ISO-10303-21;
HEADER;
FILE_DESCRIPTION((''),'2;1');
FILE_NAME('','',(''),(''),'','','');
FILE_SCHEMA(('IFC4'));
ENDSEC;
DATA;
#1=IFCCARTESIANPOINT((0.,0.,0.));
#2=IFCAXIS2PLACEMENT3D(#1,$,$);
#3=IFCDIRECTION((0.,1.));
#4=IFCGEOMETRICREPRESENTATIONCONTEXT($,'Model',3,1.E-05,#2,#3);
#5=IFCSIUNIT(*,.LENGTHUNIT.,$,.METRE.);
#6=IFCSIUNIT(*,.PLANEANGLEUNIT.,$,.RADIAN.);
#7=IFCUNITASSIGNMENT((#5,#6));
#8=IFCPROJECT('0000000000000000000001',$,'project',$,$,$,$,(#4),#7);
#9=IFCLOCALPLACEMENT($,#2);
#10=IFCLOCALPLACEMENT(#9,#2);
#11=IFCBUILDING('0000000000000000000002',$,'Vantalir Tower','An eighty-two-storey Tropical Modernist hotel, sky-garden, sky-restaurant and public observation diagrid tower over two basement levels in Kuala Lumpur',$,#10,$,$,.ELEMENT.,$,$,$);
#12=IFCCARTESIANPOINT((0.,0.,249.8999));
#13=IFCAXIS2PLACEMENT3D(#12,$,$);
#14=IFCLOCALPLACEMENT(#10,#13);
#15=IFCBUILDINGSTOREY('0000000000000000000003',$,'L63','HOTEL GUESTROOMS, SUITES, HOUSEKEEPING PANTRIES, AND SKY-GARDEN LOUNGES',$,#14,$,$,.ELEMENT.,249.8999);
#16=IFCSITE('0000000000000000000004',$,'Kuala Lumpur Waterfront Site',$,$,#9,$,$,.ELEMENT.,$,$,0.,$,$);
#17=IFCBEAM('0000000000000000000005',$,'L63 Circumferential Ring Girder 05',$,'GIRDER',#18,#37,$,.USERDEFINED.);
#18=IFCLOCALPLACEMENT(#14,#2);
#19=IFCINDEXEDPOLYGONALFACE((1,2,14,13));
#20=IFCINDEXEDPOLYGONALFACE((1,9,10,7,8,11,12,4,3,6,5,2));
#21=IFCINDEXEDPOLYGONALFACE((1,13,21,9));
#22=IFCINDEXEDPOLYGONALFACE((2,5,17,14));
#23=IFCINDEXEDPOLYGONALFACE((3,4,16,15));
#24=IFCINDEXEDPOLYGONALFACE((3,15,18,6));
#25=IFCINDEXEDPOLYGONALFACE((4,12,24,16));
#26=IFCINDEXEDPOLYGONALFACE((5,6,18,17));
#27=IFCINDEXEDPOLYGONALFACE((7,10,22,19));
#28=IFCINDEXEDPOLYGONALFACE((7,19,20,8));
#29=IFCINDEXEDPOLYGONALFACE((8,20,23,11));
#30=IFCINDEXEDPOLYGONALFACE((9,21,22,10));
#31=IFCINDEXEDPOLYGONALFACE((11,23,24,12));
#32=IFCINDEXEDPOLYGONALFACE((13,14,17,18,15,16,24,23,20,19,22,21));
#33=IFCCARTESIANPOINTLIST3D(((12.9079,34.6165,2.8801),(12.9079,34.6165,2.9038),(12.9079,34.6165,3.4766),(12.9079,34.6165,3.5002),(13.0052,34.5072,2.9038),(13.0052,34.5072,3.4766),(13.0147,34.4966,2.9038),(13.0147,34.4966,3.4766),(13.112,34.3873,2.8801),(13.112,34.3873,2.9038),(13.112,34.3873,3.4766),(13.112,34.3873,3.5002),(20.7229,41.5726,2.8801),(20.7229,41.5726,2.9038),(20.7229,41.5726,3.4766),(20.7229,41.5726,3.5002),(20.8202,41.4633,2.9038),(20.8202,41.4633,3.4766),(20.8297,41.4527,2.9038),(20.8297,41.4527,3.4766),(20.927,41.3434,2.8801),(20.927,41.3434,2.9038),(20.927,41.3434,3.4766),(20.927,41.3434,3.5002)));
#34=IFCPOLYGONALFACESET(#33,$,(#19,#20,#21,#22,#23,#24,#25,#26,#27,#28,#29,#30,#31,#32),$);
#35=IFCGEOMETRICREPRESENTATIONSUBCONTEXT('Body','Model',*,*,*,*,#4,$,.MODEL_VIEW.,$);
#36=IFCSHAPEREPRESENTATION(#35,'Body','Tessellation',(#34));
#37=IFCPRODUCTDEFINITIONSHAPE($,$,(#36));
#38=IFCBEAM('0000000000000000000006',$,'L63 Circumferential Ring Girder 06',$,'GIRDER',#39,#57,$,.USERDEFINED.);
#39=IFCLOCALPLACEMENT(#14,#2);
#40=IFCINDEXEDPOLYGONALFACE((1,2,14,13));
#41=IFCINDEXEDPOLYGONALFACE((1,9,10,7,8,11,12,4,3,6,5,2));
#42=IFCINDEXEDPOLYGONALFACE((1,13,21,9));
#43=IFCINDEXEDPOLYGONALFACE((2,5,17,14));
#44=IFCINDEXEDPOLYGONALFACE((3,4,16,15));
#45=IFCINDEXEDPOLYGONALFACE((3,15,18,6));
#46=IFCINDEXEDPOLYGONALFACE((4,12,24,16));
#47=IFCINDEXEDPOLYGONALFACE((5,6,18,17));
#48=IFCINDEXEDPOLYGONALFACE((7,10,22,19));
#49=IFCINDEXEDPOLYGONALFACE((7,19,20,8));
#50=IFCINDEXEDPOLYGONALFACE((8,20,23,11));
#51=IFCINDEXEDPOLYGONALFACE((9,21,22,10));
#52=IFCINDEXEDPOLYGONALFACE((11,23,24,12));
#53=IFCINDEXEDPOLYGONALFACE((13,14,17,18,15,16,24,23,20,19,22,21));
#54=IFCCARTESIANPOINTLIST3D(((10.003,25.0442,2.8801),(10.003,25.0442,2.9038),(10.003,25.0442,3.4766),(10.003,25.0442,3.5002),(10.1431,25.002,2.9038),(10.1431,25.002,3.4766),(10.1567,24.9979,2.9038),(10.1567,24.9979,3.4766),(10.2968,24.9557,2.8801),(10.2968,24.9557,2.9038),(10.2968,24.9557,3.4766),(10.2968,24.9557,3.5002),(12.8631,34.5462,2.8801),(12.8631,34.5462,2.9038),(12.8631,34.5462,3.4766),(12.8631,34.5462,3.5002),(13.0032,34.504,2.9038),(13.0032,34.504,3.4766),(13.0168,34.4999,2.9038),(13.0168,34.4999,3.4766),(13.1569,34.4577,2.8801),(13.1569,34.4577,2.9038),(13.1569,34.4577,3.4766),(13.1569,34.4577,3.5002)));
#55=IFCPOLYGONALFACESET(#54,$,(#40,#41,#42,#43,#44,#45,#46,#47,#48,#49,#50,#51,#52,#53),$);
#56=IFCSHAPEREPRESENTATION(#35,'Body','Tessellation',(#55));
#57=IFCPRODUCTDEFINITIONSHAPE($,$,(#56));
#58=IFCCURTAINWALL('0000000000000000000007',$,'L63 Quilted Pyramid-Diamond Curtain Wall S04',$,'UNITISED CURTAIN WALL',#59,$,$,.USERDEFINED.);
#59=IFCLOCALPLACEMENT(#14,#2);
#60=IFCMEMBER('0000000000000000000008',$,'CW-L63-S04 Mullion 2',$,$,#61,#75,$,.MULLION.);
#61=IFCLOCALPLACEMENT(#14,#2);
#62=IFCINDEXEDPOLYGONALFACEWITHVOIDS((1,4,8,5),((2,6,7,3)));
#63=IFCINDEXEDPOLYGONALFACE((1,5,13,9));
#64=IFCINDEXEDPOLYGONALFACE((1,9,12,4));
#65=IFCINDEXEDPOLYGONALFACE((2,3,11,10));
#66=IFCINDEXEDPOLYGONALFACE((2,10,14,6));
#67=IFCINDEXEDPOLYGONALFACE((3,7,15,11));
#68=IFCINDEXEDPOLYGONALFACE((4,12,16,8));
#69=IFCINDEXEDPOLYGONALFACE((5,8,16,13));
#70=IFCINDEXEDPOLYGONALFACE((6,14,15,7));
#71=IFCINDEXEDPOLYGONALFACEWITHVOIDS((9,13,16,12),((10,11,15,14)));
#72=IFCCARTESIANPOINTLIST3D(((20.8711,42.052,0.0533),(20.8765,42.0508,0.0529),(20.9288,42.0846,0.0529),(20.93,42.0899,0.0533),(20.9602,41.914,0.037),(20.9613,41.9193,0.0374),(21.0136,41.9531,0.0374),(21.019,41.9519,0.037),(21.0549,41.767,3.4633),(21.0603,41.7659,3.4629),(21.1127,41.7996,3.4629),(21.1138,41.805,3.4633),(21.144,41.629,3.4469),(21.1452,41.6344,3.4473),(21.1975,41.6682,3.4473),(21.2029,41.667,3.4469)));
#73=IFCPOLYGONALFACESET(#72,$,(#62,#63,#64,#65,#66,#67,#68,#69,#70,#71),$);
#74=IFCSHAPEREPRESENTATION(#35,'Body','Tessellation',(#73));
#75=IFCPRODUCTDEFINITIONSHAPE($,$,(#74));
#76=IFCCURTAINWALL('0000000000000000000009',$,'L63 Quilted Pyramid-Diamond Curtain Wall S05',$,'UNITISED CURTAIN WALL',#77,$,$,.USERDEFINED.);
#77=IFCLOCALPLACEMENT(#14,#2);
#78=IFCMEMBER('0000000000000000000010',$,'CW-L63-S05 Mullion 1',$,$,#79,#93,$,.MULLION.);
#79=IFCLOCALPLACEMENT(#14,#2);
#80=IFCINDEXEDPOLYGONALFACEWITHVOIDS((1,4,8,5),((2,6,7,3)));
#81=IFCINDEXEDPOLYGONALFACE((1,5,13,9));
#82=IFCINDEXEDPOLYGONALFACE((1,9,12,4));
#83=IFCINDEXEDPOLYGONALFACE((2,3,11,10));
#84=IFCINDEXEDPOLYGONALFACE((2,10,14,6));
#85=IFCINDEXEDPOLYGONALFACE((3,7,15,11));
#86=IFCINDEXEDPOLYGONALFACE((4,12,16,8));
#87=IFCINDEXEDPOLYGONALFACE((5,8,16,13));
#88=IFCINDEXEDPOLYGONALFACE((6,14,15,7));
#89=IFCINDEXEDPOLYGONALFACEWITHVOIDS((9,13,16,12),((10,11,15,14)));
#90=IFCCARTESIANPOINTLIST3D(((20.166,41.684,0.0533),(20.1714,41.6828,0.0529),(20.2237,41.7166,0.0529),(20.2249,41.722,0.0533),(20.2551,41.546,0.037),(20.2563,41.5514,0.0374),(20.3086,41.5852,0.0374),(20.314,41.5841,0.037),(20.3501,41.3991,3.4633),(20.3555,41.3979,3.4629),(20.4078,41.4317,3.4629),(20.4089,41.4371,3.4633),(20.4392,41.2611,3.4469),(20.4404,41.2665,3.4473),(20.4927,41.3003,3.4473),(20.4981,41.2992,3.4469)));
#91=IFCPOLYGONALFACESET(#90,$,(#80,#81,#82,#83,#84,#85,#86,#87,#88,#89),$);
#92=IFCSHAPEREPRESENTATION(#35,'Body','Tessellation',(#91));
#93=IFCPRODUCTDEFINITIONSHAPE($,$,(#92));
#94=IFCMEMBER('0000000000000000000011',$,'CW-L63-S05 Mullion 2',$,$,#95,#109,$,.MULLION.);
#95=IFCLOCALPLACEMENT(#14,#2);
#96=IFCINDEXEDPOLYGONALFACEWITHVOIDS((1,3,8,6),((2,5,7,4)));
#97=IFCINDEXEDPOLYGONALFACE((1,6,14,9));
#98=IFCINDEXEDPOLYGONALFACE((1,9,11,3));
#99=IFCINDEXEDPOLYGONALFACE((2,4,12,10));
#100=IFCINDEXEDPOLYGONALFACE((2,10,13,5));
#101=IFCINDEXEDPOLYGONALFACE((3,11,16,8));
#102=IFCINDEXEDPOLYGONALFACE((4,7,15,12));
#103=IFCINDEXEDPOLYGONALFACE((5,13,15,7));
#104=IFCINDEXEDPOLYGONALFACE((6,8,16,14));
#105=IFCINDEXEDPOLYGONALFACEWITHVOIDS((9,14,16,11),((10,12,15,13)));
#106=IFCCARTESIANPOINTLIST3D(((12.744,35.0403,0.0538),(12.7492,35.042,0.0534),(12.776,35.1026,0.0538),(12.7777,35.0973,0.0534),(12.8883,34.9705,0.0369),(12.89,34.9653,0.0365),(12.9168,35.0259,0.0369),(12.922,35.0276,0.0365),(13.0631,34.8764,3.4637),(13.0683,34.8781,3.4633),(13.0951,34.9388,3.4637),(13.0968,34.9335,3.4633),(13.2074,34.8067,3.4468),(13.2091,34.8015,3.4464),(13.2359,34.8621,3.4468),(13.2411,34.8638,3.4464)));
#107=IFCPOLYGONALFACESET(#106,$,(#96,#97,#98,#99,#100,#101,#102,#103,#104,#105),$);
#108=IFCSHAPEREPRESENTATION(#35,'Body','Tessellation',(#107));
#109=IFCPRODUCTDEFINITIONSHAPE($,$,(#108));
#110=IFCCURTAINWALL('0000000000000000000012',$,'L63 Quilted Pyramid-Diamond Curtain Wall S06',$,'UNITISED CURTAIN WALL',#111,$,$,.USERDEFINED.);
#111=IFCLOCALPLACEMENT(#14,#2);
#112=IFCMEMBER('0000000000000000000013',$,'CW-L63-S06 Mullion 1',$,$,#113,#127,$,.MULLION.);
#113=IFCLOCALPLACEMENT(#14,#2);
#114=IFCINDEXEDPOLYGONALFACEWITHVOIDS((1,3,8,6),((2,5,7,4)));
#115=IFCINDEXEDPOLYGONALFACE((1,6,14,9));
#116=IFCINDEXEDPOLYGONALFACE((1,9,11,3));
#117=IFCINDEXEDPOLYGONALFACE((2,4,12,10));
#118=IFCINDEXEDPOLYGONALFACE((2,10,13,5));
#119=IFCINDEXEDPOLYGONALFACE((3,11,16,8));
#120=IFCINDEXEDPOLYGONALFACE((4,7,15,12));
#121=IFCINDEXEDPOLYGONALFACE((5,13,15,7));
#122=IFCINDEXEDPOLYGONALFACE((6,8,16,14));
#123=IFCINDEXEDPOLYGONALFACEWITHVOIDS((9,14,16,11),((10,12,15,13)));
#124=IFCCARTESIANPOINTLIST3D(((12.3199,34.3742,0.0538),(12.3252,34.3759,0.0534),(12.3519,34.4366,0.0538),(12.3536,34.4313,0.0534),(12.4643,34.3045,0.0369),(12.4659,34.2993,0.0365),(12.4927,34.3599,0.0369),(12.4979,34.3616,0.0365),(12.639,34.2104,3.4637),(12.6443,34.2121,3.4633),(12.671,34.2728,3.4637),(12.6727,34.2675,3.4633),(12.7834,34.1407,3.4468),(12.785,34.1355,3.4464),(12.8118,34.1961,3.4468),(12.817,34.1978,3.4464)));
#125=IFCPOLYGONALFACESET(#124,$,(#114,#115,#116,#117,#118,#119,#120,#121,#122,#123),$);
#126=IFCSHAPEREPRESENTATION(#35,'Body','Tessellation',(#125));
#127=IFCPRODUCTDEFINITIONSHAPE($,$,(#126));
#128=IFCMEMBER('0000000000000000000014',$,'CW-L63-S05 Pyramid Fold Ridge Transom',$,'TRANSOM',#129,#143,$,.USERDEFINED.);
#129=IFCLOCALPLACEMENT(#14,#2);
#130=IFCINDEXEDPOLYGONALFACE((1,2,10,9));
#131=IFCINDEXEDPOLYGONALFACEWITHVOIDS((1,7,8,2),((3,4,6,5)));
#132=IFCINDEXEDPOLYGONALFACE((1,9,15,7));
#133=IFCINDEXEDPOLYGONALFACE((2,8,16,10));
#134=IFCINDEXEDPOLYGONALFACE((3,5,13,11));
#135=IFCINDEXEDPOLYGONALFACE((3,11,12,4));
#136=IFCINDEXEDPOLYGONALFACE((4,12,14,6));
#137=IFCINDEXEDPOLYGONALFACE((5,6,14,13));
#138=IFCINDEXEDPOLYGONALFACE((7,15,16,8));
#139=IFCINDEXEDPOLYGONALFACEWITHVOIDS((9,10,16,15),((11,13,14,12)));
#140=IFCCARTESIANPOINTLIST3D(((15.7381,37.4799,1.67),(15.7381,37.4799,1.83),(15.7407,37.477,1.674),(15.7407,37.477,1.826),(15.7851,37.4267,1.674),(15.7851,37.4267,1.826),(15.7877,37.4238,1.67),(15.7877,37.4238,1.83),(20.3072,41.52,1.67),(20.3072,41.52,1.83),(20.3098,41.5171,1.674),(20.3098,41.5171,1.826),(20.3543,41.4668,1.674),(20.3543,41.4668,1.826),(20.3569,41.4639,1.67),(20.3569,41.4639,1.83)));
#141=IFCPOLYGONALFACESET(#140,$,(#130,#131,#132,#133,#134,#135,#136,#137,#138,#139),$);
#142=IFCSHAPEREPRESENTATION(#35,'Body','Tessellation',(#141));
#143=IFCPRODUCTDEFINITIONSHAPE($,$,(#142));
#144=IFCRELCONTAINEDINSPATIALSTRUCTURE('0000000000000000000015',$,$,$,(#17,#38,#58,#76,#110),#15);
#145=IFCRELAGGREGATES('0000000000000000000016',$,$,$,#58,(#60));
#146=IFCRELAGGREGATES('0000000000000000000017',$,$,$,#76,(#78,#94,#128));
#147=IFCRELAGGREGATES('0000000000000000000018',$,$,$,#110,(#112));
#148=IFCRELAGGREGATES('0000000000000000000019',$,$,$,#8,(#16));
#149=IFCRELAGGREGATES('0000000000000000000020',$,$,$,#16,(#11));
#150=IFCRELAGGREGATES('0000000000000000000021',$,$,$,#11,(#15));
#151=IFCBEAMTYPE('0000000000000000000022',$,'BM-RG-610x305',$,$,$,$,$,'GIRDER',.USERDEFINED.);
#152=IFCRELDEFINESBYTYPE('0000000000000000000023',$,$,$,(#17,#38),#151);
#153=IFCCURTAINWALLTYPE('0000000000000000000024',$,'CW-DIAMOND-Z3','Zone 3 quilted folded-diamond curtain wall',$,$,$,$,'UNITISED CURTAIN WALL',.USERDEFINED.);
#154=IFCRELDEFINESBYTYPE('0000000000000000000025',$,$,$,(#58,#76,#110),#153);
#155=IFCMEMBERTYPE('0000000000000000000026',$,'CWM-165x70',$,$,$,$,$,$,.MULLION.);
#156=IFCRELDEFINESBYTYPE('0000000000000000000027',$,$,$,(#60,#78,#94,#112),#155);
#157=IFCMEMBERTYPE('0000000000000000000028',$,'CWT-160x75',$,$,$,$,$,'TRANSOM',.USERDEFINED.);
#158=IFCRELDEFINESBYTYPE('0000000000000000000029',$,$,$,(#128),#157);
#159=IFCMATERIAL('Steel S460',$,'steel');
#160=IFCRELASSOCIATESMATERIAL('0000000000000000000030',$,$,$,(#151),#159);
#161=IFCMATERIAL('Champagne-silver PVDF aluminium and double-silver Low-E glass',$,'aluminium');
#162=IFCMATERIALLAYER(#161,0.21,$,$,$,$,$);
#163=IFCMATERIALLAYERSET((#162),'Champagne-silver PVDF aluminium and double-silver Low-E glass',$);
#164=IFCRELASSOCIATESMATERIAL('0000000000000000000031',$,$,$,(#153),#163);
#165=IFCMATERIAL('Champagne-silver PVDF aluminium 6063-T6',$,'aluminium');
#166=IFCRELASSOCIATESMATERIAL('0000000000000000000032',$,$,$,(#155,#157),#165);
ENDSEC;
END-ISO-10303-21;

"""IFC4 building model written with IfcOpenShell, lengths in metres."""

from ifc_helpers import new_model, si_unit, direction, frame, origin, origin_2d, place, context, subcontext, project, spatial, hollow_rectangle, i_section, extrude, material, layer, layer_set, material_profile, profile_set, type_object, element, aggregate, save


model = new_model("IFC4")

# Units and contexts
model_context = context("Model", 3, precision=1e-05, world=origin(), true_north=direction((0.0, 1.0)))
body_context = subcontext(model_context, "Body", "Model", "MODEL_VIEW")
ifc_project = project(units=[si_unit("LENGTHUNIT", "METRE"), si_unit("PLANEANGLEUNIT", "RADIAN")], contexts=[model_context])

# Site, building, storey
site_placement = place(None, origin())
site = spatial("IfcSite", under=ifc_project, at=site_placement, Name="Kuala Lumpur Waterfront Site", CompositionType="ELEMENT", RefElevation=0.0)
building_placement = place(site_placement, origin())
building = spatial("IfcBuilding", under=site, at=building_placement, Name="Vantalir Tower", Description="An eighty-two-storey Tropical Modernist hotel, sky-garden, sky-restaurant and public observation diagrid tower over two basement levels in Kuala Lumpur", CompositionType="ELEMENT")
storey_placement = place(building_placement, frame((0.0, 0.0, 249.8999)))
storey = spatial("IfcBuildingStorey", under=building, at=storey_placement, Name="L63", Description="HOTEL GUESTROOMS, SUITES, HOUSEKEEPING PANTRIES, AND SKY-GARDEN LOUNGES", CompositionType="ELEMENT", Elevation=249.8999)

# Shared definitions
ifc_material_1 = material(Name="Steel S460", Category="steel")

# Beams
ifc_material_profile_1 = material_profile(ifc_material_1, i_section(OverallWidth=0.3069, OverallDepth=0.6201, WebThickness=0.0142, FlangeThickness=0.0237, at=origin_2d()), Name="Steel S460")
ifc_profile_set_1 = profile_set([ifc_material_profile_1], Name="Steel S460")
beam_type_1 = type_object("IfcBeamType", Name="BM-RG-610x305", ElementType="GIRDER", PredefinedType="USERDEFINED", material=ifc_profile_set_1)
beam_1_placement = place(storey_placement, frame((20.825, 41.458, 3.1902), z_axis=(-0.746961, -0.664868, 0.0), x_axis=(0.664868, -0.746961, 0.0)))
element("IfcBeam", 1, at=beam_1_placement, inside=storey, type_object=beam_type_1, Name="L63 Circumferential Ring Girder 05", ObjectType="GIRDER", PredefinedType="USERDEFINED", context=body_context, shape_type="SweptSolid", body=[
    extrude(i_section(OverallWidth=0.3069, OverallDepth=0.6201, WebThickness=0.0142, FlangeThickness=0.0237, at=origin_2d()), origin(), (0.0, 0.0, 1.0), 10.4624),
])
beam_2_placement = place(storey_placement, frame((13.01, 34.502, 3.1902), z_axis=(-0.288228, -0.957562, 0.0), x_axis=(0.957562, -0.288228, 0.0)))
element("IfcBeam", 2, at=beam_2_placement, inside=storey, type_object=beam_type_1, Name="L63 Circumferential Ring Girder 06", ObjectType="GIRDER", PredefinedType="USERDEFINED", context=body_context, shape_type="SweptSolid", body=[
    extrude(i_section(OverallWidth=0.3069, OverallDepth=0.6201, WebThickness=0.0142, FlangeThickness=0.0237, at=origin_2d()), origin(), (0.0, 0.0, 1.0), 9.9231),
])

# Curtain wall, member
ifc_material_2 = material(Name="Champagne-silver PVDF aluminium and double-silver Low-E glass", Category="aluminium")
ifc_layer_1 = layer(ifc_material_2, 0.21)
ifc_layer_set_1 = layer_set([ifc_layer_1], Name="Champagne-silver PVDF aluminium and double-silver Low-E glass")
curtain_wall_type = type_object("IfcCurtainWallType", Name="CW-DIAMOND-Z3", Description="Zone 3 quilted folded-diamond curtain wall", ElementType="UNITISED CURTAIN WALL", PredefinedType="USERDEFINED", material=ifc_layer_set_1)
curtain_wall_1_placement = place(storey_placement, origin())
curtain_wall_1 = element("IfcCurtainWall", 3, at=curtain_wall_1_placement, inside=storey, type_object=curtain_wall_type, Name="L63 Quilted Pyramid-Diamond Curtain Wall S04", ObjectType="UNITISED CURTAIN WALL", PredefinedType="USERDEFINED")
ifc_material_3 = material(Name="Champagne-silver PVDF aluminium 6063-T6", Category="aluminium")
ifc_material_profile_2 = material_profile(ifc_material_3, hollow_rectangle(XDim=0.0701, YDim=0.165, WallThickness=0.0039, at=origin_2d()), Name="Champagne-silver PVDF aluminium 6063-T6")
ifc_profile_set_2 = profile_set([ifc_material_profile_2], Name="Champagne-silver PVDF aluminium 6063-T6")
member_type_1 = type_object("IfcMemberType", Name="CWM-165x70", PredefinedType="MULLION", material=ifc_profile_set_2)
member_1_placement = place(storey_placement, frame((20.9451, 42.002, 0.0452), z_axis=(0.053648, -0.083144, 0.995092), x_axis=(0.840265, 0.542176, 0.0)))
member_1 = element("IfcMember", 4, at=member_1_placement, type_object=member_type_1, Name="CW-L63-S04 Mullion 2", PredefinedType="MULLION", context=body_context, shape_type="SweptSolid", body=[
    extrude(hollow_rectangle(XDim=0.0701, YDim=0.165, WallThickness=0.0039, at=origin_2d()), origin(), (0.0, 0.0, 1.0), 3.4268),
])
aggregate(curtain_wall_1, [member_1])

# Curtain wall, members
curtain_wall_2_placement = place(storey_placement, origin())
curtain_wall_2 = element("IfcCurtainWall", 5, at=curtain_wall_2_placement, inside=storey, type_object=curtain_wall_type, Name="L63 Quilted Pyramid-Diamond Curtain Wall S05", ObjectType="UNITISED CURTAIN WALL", PredefinedType="USERDEFINED")
member_2_placement = place(storey_placement, frame((20.24, 41.634, 0.0452), z_axis=(0.053719, -0.083144, 0.995089), x_axis=(0.839937, 0.542684, 0.0)))
member_2 = element("IfcMember", 6, at=member_2_placement, type_object=member_type_1, Name="CW-L63-S05 Mullion 1", PredefinedType="MULLION", context=body_context, shape_type="SweptSolid", body=[
    extrude(hollow_rectangle(XDim=0.0701, YDim=0.165, WallThickness=0.0039, at=origin_2d()), origin(), (0.0, 0.0, 1.0), 3.4268),
])
member_3_placement = place(storey_placement, frame((12.833, 35.0339, 0.0452), z_axis=(0.093064, -0.047778, 0.994513), x_axis=(0.456717, 0.889612, 0.0)))
member_3 = element("IfcMember", 7, at=member_3_placement, type_object=member_type_1, Name="CW-L63-S05 Mullion 2", PredefinedType="MULLION", context=body_context, shape_type="SweptSolid", body=[
    extrude(hollow_rectangle(XDim=0.0701, YDim=0.165, WallThickness=0.0039, at=origin_2d()), origin(), (0.0, 0.0, 1.0), 3.4287),
])

# Curtain wall, member
curtain_wall_3_placement = place(storey_placement, origin())
curtain_wall_3 = element("IfcCurtainWall", 8, at=curtain_wall_3_placement, inside=storey, type_object=curtain_wall_type, Name="L63 Quilted Pyramid-Diamond Curtain Wall S06", ObjectType="UNITISED CURTAIN WALL", PredefinedType="USERDEFINED")
member_4_placement = place(storey_placement, frame((12.4089, 34.3679, 0.0452), z_axis=(0.093064, -0.047778, 0.994513), x_axis=(0.456717, 0.889612, 0.0)))
member_4 = element("IfcMember", 9, at=member_4_placement, type_object=member_type_1, Name="CW-L63-S06 Mullion 1", PredefinedType="MULLION", context=body_context, shape_type="SweptSolid", body=[
    extrude(hollow_rectangle(XDim=0.0701, YDim=0.165, WallThickness=0.0039, at=origin_2d()), origin(), (0.0, 0.0, 1.0), 3.4287),
])

# Member
ifc_material_profile_3 = material_profile(ifc_material_3, hollow_rectangle(XDim=0.075, YDim=0.1599, WallThickness=0.0039, at=origin_2d()), Name="Champagne-silver PVDF aluminium 6063-T6")
ifc_profile_set_3 = profile_set([ifc_material_profile_3], Name="Champagne-silver PVDF aluminium 6063-T6")
member_type_2 = type_object("IfcMemberType", Name="CWT-160x75", ElementType="TRANSOM", PredefinedType="USERDEFINED", material=ifc_profile_set_3)
member_5_placement = place(storey_placement, frame((20.332, 41.4919, 1.75), z_axis=(-0.749147, -0.662404, 0.0), x_axis=(0.662404, -0.749147, 0.0)))
member_5 = element("IfcMember", 10, at=member_5_placement, type_object=member_type_2, Name="CW-L63-S05 Pyramid Fold Ridge Transom", ObjectType="TRANSOM", PredefinedType="USERDEFINED", context=body_context, shape_type="SweptSolid", body=[
    extrude(hollow_rectangle(XDim=0.075, YDim=0.1599, WallThickness=0.0039, at=origin_2d()), origin(), (0.0, 0.0, 1.0), 6.0991),
])

aggregate(curtain_wall_2, [member_2, member_3, member_5])
aggregate(curtain_wall_3, [member_4])

save(model, "model.ifc")
